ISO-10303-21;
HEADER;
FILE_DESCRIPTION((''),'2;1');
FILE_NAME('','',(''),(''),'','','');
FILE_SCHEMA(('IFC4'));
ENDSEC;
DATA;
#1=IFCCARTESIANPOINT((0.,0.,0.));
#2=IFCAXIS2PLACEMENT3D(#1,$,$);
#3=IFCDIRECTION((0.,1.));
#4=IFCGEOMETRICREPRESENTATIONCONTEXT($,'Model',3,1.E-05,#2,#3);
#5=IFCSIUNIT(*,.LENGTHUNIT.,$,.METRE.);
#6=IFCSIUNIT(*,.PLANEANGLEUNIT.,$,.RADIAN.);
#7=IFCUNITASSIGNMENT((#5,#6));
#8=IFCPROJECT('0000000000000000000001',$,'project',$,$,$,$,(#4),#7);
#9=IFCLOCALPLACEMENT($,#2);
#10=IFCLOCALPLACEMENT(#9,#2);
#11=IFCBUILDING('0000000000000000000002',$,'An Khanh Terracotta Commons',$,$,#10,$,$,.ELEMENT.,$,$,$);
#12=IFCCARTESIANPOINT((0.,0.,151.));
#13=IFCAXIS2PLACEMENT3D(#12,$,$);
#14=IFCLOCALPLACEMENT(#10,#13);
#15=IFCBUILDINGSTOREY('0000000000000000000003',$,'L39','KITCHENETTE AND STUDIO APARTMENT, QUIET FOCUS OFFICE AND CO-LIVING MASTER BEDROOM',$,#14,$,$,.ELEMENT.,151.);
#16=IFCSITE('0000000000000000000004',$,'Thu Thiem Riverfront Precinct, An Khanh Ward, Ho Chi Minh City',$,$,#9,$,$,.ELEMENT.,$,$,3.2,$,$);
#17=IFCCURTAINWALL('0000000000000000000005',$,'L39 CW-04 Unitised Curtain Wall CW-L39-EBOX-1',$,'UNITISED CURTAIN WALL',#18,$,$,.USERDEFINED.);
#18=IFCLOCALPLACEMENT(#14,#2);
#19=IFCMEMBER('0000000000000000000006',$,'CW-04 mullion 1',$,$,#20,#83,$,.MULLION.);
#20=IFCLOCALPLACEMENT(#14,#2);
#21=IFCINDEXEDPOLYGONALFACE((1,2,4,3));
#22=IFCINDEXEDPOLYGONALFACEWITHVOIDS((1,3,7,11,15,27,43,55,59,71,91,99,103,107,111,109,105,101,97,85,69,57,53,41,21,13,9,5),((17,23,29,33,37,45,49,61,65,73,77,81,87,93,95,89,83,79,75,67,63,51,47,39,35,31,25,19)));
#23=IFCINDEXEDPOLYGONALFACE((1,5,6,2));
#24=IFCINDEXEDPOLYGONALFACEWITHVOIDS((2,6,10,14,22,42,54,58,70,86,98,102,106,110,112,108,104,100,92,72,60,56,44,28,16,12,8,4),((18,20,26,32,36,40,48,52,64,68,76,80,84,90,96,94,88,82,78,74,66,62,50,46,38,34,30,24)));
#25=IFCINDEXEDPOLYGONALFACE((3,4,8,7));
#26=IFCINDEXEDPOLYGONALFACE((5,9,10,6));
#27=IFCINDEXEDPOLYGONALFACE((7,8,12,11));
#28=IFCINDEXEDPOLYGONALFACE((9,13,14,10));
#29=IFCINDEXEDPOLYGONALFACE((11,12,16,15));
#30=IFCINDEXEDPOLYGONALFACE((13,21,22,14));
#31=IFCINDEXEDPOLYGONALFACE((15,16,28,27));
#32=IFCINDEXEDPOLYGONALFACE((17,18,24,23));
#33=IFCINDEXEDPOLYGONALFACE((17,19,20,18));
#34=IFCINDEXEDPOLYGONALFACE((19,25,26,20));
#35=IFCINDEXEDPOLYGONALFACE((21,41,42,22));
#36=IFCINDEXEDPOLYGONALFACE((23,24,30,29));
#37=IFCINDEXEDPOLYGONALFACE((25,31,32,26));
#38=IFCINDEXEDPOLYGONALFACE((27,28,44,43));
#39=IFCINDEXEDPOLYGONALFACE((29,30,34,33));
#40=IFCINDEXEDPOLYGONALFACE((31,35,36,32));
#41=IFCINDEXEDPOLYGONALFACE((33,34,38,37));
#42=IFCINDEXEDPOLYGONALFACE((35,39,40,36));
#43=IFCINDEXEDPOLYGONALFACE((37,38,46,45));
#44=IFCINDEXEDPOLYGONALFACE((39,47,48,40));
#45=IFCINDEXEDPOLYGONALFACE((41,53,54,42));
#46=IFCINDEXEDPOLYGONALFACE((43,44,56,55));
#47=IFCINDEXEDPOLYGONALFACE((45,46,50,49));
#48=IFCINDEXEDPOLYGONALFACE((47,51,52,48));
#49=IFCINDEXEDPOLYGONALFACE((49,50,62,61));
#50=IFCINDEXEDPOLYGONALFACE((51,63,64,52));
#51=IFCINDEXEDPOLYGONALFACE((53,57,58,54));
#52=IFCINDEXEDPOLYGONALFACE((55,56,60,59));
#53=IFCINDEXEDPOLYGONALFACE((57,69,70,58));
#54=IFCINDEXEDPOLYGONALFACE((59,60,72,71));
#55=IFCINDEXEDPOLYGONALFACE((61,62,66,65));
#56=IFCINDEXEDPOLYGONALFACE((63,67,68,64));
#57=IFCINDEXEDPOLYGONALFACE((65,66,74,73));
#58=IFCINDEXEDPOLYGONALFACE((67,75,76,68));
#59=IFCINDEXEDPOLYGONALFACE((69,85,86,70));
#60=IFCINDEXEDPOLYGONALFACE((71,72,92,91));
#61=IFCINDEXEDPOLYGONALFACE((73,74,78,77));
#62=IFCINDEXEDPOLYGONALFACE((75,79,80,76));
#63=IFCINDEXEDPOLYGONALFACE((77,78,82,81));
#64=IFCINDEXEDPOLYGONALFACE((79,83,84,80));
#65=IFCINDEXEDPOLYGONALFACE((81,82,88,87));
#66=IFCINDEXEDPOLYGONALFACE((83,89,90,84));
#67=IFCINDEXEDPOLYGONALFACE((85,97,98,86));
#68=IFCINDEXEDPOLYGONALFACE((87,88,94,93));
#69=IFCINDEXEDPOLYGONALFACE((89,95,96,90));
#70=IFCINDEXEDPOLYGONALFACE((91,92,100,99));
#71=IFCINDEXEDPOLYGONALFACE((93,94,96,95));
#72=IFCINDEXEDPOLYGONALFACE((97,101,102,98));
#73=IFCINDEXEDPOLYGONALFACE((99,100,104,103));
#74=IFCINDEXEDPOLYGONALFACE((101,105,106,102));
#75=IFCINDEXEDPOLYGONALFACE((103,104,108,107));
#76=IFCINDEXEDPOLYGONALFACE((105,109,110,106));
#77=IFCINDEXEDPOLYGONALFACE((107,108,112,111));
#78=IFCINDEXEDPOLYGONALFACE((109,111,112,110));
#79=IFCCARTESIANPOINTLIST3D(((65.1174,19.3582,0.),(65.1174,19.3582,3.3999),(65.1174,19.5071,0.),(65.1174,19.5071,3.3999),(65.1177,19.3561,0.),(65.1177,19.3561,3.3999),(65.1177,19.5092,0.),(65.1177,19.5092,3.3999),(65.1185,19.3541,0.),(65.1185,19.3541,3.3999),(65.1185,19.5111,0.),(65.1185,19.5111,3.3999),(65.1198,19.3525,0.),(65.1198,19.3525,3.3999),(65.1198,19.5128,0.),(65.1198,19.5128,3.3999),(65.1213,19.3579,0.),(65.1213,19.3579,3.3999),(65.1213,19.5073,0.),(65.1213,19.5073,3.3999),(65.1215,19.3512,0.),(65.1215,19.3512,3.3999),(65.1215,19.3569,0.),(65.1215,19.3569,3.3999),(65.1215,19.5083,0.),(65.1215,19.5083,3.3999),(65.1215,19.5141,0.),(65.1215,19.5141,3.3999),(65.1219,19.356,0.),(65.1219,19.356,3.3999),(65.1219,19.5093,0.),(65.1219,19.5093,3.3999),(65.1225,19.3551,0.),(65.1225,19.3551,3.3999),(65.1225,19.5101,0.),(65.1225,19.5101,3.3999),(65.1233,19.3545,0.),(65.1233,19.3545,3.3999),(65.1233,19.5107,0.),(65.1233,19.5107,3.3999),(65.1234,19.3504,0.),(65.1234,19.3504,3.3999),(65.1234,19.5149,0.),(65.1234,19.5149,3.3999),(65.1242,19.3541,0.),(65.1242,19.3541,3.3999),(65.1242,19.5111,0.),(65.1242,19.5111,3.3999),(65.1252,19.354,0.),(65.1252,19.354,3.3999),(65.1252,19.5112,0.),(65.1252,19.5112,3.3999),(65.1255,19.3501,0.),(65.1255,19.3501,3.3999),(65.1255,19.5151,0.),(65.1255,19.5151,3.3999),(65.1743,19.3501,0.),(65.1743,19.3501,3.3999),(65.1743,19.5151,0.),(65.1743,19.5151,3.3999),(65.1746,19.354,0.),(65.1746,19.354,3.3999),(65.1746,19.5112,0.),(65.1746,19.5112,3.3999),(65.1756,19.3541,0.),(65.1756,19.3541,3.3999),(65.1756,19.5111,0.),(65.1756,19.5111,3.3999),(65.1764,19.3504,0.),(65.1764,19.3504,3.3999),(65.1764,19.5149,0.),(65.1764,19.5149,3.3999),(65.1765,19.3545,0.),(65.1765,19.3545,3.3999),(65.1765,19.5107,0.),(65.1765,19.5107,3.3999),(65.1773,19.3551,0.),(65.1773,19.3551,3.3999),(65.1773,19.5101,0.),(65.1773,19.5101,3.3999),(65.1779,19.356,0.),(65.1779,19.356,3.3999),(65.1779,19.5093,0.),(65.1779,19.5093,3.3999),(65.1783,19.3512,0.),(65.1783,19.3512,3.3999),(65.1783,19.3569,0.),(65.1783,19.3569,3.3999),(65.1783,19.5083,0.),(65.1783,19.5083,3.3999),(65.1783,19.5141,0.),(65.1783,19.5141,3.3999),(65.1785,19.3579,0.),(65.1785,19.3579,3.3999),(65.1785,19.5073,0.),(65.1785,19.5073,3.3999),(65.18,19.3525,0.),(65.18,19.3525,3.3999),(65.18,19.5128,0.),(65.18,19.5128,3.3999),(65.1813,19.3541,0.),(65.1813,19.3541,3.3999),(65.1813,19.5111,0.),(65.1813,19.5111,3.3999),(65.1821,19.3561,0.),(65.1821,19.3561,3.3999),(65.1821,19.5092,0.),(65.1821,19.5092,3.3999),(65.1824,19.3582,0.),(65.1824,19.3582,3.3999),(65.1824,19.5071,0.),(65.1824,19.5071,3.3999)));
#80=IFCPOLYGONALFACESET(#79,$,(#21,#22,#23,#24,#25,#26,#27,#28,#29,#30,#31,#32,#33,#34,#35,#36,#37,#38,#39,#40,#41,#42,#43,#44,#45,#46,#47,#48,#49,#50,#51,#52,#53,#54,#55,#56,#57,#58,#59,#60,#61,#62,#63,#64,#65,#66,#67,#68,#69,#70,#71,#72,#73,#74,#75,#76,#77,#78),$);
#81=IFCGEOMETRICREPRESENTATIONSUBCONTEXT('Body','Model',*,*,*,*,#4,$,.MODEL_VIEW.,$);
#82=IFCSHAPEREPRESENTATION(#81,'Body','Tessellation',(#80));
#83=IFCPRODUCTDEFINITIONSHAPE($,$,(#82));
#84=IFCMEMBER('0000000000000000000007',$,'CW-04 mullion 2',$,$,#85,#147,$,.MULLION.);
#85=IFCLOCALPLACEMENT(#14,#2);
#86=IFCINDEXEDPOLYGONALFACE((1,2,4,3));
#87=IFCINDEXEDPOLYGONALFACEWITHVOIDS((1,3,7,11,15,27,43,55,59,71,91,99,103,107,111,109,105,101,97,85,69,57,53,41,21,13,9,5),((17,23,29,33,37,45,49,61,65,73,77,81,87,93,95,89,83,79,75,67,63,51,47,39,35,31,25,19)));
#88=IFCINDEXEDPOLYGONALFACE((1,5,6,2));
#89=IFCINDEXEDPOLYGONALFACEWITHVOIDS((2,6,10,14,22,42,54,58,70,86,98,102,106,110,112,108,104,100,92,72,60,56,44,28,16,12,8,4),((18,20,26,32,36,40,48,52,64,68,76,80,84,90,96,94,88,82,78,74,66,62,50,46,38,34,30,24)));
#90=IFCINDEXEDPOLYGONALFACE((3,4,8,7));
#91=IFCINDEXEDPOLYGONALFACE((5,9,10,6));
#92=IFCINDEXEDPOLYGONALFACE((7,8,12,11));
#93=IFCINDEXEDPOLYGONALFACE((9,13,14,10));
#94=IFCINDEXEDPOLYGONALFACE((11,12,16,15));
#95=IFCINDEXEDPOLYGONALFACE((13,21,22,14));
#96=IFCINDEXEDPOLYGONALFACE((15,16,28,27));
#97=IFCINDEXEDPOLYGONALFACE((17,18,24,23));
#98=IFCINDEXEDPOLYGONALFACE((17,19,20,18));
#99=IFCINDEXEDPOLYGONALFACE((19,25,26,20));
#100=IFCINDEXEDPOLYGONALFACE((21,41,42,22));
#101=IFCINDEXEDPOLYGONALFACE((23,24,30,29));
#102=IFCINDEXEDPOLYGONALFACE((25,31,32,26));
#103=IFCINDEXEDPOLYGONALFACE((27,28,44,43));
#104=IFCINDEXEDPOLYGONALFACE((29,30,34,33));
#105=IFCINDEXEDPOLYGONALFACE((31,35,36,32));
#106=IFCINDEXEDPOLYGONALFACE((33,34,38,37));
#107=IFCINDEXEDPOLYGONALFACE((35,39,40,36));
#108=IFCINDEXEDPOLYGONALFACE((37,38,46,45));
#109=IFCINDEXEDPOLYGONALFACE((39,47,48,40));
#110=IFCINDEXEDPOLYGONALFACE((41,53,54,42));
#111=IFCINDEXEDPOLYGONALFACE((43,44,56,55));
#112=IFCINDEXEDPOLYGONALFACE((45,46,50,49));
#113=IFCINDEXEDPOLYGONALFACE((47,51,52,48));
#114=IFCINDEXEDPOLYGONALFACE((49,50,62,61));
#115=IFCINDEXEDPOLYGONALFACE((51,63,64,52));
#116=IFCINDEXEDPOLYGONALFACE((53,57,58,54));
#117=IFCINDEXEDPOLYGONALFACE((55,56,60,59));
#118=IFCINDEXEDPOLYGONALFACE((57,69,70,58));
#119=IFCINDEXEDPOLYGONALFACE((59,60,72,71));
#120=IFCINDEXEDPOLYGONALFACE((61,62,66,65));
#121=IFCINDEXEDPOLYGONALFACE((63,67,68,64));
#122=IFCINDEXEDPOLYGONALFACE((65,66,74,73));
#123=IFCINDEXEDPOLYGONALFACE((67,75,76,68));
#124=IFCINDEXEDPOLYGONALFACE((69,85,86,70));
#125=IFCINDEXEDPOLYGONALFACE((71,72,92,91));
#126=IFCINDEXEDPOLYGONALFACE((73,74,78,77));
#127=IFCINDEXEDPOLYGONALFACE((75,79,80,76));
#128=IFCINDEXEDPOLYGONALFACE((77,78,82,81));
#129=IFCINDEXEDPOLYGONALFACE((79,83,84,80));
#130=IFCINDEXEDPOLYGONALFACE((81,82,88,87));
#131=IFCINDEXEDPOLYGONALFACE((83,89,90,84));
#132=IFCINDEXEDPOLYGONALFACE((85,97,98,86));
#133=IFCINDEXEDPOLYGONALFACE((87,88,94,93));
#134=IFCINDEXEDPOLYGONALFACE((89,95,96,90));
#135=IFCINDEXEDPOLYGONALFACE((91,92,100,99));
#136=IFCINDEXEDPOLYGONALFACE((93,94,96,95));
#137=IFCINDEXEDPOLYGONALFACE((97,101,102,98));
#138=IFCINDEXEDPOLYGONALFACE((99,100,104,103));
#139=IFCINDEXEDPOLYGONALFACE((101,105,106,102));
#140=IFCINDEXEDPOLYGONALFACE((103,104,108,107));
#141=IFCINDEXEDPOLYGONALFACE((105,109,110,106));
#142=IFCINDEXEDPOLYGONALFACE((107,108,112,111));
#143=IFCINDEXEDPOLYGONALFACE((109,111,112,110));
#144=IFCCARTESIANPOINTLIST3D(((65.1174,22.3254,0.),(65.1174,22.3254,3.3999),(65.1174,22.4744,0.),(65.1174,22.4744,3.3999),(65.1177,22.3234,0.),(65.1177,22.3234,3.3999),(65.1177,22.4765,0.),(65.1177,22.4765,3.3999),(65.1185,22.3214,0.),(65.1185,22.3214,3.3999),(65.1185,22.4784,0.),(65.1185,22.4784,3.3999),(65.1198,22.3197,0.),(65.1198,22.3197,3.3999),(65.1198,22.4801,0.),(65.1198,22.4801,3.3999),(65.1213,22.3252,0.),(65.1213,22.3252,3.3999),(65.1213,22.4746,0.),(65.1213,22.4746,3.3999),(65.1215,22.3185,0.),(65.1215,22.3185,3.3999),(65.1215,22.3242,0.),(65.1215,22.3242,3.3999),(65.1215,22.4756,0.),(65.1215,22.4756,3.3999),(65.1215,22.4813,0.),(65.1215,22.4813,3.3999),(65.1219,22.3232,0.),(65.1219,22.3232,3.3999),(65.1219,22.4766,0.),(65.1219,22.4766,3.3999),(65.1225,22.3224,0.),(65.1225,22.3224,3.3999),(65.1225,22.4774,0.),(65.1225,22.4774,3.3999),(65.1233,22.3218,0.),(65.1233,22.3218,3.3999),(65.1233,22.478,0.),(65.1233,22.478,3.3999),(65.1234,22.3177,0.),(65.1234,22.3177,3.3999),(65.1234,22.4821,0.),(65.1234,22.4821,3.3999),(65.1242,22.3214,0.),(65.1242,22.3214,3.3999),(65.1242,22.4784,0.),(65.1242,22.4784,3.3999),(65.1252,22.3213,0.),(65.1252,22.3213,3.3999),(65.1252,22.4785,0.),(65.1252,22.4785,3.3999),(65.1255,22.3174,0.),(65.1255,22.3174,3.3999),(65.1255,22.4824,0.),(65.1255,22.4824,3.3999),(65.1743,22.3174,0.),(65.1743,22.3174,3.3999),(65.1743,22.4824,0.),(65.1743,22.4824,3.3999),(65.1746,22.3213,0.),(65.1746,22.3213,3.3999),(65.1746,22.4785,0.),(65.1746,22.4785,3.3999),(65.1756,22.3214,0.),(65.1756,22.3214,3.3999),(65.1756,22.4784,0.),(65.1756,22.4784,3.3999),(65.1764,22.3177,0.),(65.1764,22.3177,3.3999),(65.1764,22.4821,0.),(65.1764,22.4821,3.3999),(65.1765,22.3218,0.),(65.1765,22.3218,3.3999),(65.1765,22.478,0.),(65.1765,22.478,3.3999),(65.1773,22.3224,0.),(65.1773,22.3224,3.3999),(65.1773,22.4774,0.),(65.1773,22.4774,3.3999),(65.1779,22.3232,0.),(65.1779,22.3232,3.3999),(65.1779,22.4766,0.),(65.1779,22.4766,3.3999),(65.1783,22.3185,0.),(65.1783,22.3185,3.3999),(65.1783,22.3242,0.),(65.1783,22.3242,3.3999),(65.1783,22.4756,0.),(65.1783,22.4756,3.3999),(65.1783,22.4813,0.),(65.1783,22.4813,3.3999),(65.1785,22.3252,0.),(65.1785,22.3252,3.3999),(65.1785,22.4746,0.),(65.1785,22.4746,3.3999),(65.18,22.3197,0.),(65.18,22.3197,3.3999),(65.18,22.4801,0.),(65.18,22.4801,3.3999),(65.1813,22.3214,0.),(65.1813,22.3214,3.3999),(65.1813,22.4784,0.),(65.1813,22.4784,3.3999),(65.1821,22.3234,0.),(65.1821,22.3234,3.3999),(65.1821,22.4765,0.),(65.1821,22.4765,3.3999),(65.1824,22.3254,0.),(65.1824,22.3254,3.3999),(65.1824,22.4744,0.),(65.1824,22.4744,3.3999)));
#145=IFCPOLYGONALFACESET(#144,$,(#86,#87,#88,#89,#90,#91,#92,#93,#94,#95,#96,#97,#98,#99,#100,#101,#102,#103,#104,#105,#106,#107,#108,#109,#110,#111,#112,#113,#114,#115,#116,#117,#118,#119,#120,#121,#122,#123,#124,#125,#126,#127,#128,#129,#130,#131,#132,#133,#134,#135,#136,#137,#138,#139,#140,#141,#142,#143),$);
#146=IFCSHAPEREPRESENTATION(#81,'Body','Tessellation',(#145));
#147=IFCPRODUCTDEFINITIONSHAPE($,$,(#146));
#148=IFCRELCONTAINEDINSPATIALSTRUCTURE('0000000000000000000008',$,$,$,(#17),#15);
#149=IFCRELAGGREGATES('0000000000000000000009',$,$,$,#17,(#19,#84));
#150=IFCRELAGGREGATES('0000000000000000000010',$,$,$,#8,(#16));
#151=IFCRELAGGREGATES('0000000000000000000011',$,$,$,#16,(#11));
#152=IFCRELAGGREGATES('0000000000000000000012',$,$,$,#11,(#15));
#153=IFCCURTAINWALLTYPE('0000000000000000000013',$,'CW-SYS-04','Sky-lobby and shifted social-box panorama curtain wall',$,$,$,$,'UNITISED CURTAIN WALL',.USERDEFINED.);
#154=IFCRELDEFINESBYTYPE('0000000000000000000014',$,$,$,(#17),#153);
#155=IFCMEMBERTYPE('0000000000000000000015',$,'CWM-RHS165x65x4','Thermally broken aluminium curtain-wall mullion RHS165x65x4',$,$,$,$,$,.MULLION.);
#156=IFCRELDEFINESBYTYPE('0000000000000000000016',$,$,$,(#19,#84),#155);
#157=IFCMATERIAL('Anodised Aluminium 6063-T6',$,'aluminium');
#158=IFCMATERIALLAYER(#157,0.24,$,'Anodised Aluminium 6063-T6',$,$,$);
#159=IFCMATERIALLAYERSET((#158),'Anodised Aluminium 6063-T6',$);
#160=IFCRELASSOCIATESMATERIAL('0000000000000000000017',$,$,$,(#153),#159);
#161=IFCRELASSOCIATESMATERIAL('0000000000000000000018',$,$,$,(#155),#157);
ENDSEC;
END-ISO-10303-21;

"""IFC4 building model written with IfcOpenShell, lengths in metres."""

from ifc_helpers import new_model, si_unit, direction, frame, origin, origin_2d, place, context, subcontext, project, spatial, hollow_rectangle, extrude, material, layer, layer_set, material_profile, profile_set, type_object, element, aggregate, save


model = new_model("IFC4")

# Units and contexts
model_context = context("Model", 3, precision=1e-05, world=origin(), true_north=direction((0.0, 1.0)))
body_context = subcontext(model_context, "Body", "Model", "MODEL_VIEW")
ifc_project = project(units=[si_unit("LENGTHUNIT", "METRE"), si_unit("PLANEANGLEUNIT", "RADIAN")], contexts=[model_context])

# Site, building, storey
site_placement = place(None, origin())
site = spatial("IfcSite", under=ifc_project, at=site_placement, Name="Thu Thiem Riverfront Precinct, An Khanh Ward, Ho Chi Minh City", CompositionType="ELEMENT", RefElevation=3.2)
building_placement = place(site_placement, origin())
building = spatial("IfcBuilding", under=site, at=building_placement, Name="An Khanh Terracotta Commons", CompositionType="ELEMENT")
storey_placement = place(building_placement, frame((0.0, 0.0, 151.0)))
storey = spatial("IfcBuildingStorey", under=building, at=storey_placement, Name="L39", Description="KITCHENETTE AND STUDIO APARTMENT, QUIET FOCUS OFFICE AND CO-LIVING MASTER BEDROOM", CompositionType="ELEMENT", Elevation=151.0)

# Curtain wall, members
ifc_material_1 = material(Name="Anodised Aluminium 6063-T6", Category="aluminium")
ifc_layer_1 = layer(ifc_material_1, 0.24, Name="Anodised Aluminium 6063-T6")
ifc_layer_set_1 = layer_set([ifc_layer_1], Name="Anodised Aluminium 6063-T6")
curtain_wall_type_1 = type_object("IfcCurtainWallType", Name="CW-SYS-04", Description="Sky-lobby and shifted social-box panorama curtain wall", ElementType="UNITISED CURTAIN WALL", PredefinedType="USERDEFINED", material=ifc_layer_set_1)
curtain_wall_1_placement = place(storey_placement, origin())
curtain_wall_1 = element("IfcCurtainWall", 1, at=curtain_wall_1_placement, inside=storey, type_object=curtain_wall_type_1, Name="L39 CW-04 Unitised Curtain Wall CW-L39-EBOX-1", ObjectType="UNITISED CURTAIN WALL", PredefinedType="USERDEFINED")
ifc_material_profile_1 = material_profile(ifc_material_1, hollow_rectangle(XDim=0.0649, YDim=0.165, WallThickness=0.0039, InnerFilletRadius=0.0039, OuterFilletRadius=0.0081, at=origin_2d()), Name="RHS165x65x4")
ifc_profile_set_1 = profile_set([ifc_material_profile_1], Name="Anodised Aluminium 6063-T6")
member_type_1 = type_object("IfcMemberType", Name="CWM-RHS165x65x4", Description="Thermally broken aluminium curtain-wall mullion RHS165x65x4", PredefinedType="MULLION", material=ifc_profile_set_1)
member_1_placement = place(storey_placement, frame((65.1499, 19.4326, 0.0), z_axis=(0.0, 0.0, 1.0), x_axis=(-1.0, 0.0, 0.0)))
member_1 = element("IfcMember", 2, at=member_1_placement, type_object=member_type_1, Name="CW-04 mullion 1", PredefinedType="MULLION", context=body_context, shape_type="SweptSolid", body=[
    extrude(hollow_rectangle(XDim=0.0649, YDim=0.165, WallThickness=0.0039, InnerFilletRadius=0.0039, OuterFilletRadius=0.0081, at=origin_2d()), origin(), (0.0, 0.0, 1.0), 3.3999),
])
member_2_placement = place(storey_placement, frame((65.1499, 22.3999, 0.0), z_axis=(0.0, 0.0, 1.0), x_axis=(-1.0, 0.0, 0.0)))
member_2 = element("IfcMember", 3, at=member_2_placement, type_object=member_type_1, Name="CW-04 mullion 2", PredefinedType="MULLION", context=body_context, shape_type="SweptSolid", body=[
    extrude(hollow_rectangle(XDim=0.0649, YDim=0.165, WallThickness=0.0039, InnerFilletRadius=0.0039, OuterFilletRadius=0.0081, at=origin_2d()), origin(), (0.0, 0.0, 1.0), 3.3999),
])

aggregate(curtain_wall_1, [member_1, member_2])

save(model, "model.ifc")
